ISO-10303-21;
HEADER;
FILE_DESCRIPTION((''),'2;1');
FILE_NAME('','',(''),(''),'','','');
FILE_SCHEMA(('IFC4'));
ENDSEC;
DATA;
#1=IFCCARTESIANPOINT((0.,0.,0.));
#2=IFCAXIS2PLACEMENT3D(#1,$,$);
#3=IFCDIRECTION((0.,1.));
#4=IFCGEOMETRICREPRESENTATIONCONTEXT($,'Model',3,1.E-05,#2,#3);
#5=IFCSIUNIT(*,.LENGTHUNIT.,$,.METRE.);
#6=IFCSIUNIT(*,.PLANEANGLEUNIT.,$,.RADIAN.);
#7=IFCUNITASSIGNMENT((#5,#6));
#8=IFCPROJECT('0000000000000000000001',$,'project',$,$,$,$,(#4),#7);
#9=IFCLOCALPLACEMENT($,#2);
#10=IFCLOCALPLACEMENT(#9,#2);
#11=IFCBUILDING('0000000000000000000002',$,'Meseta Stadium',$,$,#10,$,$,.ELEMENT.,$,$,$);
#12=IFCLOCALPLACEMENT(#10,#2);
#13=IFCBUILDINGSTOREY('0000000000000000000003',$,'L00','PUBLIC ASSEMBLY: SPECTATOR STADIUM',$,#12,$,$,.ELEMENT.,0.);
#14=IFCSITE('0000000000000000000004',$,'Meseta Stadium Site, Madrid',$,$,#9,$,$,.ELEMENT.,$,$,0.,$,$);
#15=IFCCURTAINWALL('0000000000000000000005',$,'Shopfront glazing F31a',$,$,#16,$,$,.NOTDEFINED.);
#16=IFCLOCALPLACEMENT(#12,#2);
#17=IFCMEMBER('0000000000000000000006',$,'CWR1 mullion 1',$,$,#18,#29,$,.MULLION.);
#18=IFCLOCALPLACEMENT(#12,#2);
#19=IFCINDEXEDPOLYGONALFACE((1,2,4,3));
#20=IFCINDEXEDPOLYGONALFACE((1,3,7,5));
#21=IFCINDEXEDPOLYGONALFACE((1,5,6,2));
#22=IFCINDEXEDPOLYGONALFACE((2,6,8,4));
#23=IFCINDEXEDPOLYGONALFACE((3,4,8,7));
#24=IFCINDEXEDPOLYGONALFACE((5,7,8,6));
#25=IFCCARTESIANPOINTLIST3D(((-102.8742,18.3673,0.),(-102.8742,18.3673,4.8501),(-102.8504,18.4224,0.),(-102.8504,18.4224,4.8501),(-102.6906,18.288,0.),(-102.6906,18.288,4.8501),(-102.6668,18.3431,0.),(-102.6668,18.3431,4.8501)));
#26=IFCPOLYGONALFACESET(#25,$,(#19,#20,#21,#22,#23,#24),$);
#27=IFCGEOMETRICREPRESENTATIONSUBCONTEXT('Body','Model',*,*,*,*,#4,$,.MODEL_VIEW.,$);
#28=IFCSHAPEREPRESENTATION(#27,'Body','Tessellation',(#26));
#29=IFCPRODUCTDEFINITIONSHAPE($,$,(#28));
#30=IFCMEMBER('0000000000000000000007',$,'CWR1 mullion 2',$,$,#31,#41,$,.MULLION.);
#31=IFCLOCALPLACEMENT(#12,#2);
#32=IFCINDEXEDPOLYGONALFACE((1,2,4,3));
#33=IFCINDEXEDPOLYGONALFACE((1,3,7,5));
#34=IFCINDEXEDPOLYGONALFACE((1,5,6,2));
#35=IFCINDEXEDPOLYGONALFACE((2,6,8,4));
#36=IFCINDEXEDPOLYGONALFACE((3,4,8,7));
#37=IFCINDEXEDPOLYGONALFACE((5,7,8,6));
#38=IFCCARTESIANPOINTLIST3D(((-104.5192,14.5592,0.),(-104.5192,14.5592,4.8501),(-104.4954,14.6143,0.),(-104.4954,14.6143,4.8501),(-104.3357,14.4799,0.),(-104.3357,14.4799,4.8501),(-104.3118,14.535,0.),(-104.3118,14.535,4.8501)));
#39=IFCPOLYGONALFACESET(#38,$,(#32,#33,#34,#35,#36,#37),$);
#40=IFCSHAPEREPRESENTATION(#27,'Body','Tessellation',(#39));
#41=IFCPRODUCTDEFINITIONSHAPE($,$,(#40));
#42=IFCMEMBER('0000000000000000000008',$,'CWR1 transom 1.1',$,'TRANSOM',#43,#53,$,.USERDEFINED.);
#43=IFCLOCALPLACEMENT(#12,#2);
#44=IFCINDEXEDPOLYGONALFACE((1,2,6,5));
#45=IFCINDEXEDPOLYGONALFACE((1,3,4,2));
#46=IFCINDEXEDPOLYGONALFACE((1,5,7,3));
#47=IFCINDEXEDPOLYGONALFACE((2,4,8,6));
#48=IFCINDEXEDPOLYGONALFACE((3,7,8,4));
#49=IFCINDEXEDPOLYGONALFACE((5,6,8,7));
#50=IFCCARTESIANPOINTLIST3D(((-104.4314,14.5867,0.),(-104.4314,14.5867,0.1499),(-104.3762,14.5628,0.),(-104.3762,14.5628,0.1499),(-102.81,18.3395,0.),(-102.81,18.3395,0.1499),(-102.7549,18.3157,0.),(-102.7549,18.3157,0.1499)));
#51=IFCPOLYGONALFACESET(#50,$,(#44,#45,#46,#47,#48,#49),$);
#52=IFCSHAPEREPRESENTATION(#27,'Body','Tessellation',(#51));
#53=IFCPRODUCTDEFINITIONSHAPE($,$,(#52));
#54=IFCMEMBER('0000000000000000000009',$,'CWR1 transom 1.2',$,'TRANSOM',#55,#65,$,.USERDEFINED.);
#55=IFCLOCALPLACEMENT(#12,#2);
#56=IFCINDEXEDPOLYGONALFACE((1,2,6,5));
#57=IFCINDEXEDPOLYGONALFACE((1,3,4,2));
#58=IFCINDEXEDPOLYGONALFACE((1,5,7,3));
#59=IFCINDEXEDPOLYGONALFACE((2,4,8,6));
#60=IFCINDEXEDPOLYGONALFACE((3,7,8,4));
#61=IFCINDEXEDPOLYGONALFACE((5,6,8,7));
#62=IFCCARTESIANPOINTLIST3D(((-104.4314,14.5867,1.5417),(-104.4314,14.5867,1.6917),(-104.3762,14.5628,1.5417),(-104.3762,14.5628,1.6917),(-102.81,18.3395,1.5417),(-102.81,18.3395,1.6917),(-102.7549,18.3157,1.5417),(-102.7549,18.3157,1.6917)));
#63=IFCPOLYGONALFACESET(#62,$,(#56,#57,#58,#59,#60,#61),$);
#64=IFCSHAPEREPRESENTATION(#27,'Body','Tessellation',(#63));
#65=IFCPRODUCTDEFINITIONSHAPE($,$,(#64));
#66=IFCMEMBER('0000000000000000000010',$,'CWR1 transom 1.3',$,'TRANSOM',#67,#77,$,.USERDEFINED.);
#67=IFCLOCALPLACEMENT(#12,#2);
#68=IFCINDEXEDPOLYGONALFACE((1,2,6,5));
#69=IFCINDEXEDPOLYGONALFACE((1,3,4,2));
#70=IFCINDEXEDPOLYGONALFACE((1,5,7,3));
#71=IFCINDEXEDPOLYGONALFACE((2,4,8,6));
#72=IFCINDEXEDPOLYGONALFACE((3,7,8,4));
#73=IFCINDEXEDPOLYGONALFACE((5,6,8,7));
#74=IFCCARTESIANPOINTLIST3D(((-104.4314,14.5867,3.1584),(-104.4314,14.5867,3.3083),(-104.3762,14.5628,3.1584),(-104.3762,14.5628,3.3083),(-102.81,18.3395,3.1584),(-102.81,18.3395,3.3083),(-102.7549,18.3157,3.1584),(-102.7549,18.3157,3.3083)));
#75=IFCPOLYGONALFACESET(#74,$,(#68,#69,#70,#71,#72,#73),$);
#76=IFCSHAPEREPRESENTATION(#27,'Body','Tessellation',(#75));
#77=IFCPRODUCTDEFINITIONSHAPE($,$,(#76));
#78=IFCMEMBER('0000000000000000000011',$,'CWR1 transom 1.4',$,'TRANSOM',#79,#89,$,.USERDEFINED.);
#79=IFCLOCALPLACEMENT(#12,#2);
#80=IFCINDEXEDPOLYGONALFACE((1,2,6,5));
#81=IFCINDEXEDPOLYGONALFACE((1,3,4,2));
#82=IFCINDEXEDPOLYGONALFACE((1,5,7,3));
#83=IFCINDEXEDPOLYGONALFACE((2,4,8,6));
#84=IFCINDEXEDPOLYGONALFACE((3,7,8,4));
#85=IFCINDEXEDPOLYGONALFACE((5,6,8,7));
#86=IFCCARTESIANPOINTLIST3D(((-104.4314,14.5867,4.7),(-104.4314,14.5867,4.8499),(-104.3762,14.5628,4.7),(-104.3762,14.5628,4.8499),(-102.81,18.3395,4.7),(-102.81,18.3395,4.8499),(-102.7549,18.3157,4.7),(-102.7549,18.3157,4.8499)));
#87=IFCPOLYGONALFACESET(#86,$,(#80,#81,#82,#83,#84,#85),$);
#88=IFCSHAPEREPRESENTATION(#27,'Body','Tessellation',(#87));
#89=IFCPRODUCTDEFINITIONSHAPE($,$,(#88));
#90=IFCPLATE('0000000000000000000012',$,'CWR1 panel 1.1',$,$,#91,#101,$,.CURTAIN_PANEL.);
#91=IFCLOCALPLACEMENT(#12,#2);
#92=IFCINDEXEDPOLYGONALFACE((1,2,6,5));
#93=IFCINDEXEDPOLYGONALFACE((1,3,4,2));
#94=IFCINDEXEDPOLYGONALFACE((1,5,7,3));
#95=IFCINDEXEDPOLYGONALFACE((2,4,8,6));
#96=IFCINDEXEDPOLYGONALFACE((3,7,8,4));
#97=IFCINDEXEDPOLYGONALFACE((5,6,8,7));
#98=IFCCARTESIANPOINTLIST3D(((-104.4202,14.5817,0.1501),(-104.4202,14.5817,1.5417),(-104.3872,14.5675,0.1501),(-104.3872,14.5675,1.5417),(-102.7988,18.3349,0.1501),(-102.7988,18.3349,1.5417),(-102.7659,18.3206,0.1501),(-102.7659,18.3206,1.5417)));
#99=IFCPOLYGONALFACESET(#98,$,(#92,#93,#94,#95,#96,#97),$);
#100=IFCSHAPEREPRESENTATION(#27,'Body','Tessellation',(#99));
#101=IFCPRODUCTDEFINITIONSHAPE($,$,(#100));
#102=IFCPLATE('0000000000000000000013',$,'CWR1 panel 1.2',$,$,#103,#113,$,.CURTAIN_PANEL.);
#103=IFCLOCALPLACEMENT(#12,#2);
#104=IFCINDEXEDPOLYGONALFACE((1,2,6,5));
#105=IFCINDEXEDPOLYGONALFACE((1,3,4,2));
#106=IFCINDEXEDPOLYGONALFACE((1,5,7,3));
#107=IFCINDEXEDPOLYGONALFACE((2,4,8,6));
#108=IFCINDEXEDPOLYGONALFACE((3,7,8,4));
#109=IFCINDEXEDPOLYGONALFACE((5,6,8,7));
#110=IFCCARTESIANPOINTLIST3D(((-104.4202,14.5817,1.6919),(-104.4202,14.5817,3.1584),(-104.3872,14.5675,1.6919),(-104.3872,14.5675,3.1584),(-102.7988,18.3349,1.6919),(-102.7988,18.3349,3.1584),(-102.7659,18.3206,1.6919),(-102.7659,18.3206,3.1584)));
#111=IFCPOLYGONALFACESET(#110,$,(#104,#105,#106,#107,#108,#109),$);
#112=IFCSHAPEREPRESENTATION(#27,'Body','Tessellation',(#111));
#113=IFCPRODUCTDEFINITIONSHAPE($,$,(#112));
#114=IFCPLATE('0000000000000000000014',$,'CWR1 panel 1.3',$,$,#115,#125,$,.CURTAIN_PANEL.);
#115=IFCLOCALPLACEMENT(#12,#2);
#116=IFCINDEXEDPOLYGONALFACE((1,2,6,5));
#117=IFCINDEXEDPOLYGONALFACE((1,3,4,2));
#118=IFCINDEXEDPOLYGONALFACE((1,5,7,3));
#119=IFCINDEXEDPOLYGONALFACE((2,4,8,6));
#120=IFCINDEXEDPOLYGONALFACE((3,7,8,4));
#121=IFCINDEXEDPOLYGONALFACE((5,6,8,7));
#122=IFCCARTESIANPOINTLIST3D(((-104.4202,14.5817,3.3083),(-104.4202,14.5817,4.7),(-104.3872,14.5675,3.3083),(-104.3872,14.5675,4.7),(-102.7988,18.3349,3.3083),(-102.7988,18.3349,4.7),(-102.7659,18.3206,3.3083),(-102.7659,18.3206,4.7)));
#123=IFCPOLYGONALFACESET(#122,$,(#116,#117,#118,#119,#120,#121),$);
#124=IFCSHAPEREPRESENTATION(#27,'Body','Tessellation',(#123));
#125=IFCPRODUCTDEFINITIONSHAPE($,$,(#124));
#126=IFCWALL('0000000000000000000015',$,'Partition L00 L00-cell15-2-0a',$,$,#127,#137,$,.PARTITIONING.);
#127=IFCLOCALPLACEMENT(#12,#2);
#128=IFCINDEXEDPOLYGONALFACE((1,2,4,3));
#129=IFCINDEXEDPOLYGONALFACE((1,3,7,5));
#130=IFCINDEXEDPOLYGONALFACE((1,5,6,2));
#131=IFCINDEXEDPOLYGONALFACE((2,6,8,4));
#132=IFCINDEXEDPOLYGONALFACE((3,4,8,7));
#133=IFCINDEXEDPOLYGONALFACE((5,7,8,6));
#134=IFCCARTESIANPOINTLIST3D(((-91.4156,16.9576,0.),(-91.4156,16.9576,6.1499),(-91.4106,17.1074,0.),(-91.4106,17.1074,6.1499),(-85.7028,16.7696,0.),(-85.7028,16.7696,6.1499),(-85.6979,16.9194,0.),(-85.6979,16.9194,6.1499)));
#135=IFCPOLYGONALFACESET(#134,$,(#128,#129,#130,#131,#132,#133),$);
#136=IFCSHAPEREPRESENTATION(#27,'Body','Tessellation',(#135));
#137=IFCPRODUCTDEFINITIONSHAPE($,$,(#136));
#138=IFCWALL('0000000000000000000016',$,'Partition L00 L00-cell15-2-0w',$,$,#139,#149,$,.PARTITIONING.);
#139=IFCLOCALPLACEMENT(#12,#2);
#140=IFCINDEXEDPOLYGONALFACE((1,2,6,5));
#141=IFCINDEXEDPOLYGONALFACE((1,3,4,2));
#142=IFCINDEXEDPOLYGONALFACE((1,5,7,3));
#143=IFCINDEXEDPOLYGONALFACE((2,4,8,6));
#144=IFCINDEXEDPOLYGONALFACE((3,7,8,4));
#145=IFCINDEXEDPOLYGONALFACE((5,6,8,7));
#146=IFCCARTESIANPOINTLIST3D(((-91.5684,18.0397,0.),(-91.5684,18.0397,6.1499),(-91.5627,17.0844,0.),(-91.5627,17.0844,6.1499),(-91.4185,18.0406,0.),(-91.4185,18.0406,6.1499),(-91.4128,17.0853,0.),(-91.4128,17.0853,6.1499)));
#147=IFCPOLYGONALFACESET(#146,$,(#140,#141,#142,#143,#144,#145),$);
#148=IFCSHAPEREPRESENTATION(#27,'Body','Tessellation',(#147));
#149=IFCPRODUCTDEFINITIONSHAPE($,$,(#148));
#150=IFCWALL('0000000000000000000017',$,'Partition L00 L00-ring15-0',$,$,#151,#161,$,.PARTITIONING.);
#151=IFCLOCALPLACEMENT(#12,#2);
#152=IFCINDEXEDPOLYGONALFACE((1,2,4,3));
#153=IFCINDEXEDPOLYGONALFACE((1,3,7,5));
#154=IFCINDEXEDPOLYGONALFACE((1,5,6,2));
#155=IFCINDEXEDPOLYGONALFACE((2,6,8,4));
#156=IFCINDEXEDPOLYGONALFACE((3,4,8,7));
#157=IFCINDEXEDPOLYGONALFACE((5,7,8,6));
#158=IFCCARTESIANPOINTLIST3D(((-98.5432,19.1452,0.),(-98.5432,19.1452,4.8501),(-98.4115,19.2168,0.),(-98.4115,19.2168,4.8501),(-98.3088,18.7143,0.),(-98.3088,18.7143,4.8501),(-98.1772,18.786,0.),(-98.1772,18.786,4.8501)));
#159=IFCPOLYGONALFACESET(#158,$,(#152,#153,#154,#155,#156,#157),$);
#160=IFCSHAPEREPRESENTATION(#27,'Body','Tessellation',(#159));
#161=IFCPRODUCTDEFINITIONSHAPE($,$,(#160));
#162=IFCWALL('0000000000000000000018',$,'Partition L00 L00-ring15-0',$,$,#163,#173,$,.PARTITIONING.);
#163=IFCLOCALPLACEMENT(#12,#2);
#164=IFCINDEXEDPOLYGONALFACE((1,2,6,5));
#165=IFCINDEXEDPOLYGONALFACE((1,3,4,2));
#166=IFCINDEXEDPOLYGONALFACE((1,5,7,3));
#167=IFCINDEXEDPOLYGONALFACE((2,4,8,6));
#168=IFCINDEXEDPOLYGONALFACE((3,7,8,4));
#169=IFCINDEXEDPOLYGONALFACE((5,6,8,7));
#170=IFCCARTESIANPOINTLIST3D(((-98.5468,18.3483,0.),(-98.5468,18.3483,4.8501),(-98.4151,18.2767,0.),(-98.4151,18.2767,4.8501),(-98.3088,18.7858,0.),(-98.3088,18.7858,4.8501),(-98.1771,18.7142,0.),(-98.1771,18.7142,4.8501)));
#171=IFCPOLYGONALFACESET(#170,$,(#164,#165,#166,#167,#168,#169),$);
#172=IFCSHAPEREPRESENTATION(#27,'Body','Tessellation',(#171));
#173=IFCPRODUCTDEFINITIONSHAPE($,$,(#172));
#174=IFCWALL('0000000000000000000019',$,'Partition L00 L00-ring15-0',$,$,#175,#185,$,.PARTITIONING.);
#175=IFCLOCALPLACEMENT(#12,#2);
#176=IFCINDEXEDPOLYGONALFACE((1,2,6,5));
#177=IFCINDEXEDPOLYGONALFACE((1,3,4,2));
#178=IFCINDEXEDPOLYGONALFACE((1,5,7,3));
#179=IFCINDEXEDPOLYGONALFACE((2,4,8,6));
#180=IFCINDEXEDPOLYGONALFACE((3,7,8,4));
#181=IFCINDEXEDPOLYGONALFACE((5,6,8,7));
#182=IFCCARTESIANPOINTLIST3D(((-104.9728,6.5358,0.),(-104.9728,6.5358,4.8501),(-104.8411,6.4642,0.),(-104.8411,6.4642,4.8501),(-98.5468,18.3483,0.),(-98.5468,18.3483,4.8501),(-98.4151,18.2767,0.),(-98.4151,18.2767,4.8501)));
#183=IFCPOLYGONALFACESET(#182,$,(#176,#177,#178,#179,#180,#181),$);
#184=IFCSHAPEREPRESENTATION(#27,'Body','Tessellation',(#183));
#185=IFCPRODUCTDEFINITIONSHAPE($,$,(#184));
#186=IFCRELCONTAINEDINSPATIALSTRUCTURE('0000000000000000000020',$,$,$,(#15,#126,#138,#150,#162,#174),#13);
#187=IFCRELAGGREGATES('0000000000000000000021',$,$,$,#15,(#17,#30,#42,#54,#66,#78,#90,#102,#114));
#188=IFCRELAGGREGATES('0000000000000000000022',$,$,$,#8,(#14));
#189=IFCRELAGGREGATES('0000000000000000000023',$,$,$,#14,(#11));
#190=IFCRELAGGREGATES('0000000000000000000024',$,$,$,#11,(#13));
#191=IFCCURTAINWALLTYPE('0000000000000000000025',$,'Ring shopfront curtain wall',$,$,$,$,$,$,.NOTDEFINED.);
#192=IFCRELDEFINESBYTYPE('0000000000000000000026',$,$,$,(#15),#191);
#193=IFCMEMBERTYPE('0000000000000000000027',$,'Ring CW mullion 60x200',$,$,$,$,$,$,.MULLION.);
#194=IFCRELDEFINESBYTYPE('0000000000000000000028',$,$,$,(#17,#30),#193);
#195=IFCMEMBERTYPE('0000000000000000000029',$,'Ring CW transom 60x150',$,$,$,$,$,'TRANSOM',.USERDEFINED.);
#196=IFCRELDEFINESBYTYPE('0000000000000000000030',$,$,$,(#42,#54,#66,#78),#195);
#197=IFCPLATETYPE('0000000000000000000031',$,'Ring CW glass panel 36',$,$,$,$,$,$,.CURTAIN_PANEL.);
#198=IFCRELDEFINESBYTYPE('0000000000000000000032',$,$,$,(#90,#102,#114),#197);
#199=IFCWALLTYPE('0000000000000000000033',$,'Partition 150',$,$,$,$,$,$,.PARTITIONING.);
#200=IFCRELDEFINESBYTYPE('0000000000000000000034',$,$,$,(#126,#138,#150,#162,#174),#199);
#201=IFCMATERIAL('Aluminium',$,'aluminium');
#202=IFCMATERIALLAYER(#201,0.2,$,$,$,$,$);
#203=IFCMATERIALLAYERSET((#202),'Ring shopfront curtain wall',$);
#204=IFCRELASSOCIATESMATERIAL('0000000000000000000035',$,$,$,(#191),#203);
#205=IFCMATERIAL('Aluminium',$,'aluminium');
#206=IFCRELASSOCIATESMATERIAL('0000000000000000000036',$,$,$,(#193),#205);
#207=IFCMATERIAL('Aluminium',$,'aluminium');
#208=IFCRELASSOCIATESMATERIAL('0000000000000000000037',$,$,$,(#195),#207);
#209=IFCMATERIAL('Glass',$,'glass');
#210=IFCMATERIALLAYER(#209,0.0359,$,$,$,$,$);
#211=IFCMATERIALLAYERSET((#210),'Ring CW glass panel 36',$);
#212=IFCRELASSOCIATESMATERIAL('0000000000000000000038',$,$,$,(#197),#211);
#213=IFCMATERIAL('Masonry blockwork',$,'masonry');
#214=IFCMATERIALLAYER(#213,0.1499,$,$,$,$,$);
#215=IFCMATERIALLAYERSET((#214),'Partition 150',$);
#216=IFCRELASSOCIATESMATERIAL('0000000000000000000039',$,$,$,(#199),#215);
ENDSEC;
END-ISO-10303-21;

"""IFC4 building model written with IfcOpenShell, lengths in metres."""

from ifc_helpers import new_model, si_unit, direction, frame, frame_2d, origin, origin_2d, place, context, subcontext, project, spatial, rectangle, extrude, material, layer, layer_set, material_profile, profile_set, type_object, element, aggregate, save


model = new_model("IFC4")

# Units and contexts
model_context = context("Model", 3, precision=1e-05, world=origin(), true_north=direction((0.0, 1.0)))
body_context = subcontext(model_context, "Body", "Model", "MODEL_VIEW")
ifc_project = project(units=[si_unit("LENGTHUNIT", "METRE"), si_unit("PLANEANGLEUNIT", "RADIAN")], contexts=[model_context])

# Site, building, storey
site_placement = place(None, origin())
site = spatial("IfcSite", under=ifc_project, at=site_placement, Name="Meseta Stadium Site, Madrid", CompositionType="ELEMENT", RefElevation=0.0)
building_placement = place(site_placement, origin())
building = spatial("IfcBuilding", under=site, at=building_placement, Name="Meseta Stadium", CompositionType="ELEMENT")
storey_placement = place(building_placement, origin())
storey = spatial("IfcBuildingStorey", under=building, at=storey_placement, Name="L00", Description="PUBLIC ASSEMBLY: SPECTATOR STADIUM", CompositionType="ELEMENT", Elevation=0.0)

# Curtain wall, members, plates
ifc_material_1 = material(Name="Aluminium", Category="aluminium")
ifc_layer_1 = layer(ifc_material_1, 0.2)
ifc_layer_set_1 = layer_set([ifc_layer_1], Name="Ring shopfront curtain wall")
curtain_wall_type = type_object("IfcCurtainWallType", Name="Ring shopfront curtain wall", PredefinedType="NOTDEFINED", material=ifc_layer_set_1)
curtain_wall_placement = place(storey_placement, origin())
curtain_wall = element("IfcCurtainWall", 1, at=curtain_wall_placement, inside=storey, type_object=curtain_wall_type, Name="Shopfront glazing F31a", PredefinedType="NOTDEFINED")
ifc_material_2 = material(Name="Aluminium", Category="aluminium")
ifc_material_profile_1 = material_profile(ifc_material_2, rectangle(XDim=0.2, YDim=0.0601, at=origin_2d()), Name="CW 200x60")
ifc_profile_set_1 = profile_set([ifc_material_profile_1], Name="Aluminium")
member_type_1 = type_object("IfcMemberType", Name="Ring CW mullion 60x200", PredefinedType="MULLION", material=ifc_profile_set_1)
member_1_placement = place(storey_placement, frame((-102.7705, 18.3552, 0.0), z_axis=(0.0, 0.0, 1.0), x_axis=(0.918002, -0.396576, 0.0)))
member_1 = element("IfcMember", 2, at=member_1_placement, type_object=member_type_1, Name="CWR1 mullion 1", PredefinedType="MULLION", context=body_context, shape_type="SweptSolid", body=[
    extrude(rectangle(XDim=0.2, YDim=0.0601, at=origin_2d()), origin(), (0.0, 0.0, 1.0), 4.8501),
])
member_2_placement = place(storey_placement, frame((-104.4155, 14.5471, 0.0), z_axis=(0.0, 0.0, 1.0), x_axis=(0.918002, -0.396576, 0.0)))
member_2 = element("IfcMember", 3, at=member_2_placement, type_object=member_type_1, Name="CWR1 mullion 2", PredefinedType="MULLION", context=body_context, shape_type="SweptSolid", body=[
    extrude(rectangle(XDim=0.2, YDim=0.0601, at=origin_2d()), origin(), (0.0, 0.0, 1.0), 4.8501),
])
ifc_material_3 = material(Name="Aluminium", Category="aluminium")
ifc_material_profile_2 = material_profile(ifc_material_3, rectangle(XDim=0.0601, YDim=0.1499, at=origin_2d()), Name="CW 60x150")
ifc_profile_set_2 = profile_set([ifc_material_profile_2], Name="Aluminium")
member_type_2 = type_object("IfcMemberType", Name="Ring CW transom 60x150", ElementType="TRANSOM", PredefinedType="USERDEFINED", material=ifc_profile_set_2)
member_3_placement = place(storey_placement, frame((-102.7825, 18.3276, 0.075), z_axis=(-0.396592, -0.917995, 0.0), x_axis=(0.917995, -0.396592, 0.0)))
member_3 = element("IfcMember", 4, at=member_3_placement, type_object=member_type_2, Name="CWR1 transom 1.1", ObjectType="TRANSOM", PredefinedType="USERDEFINED", context=body_context, shape_type="SweptSolid", body=[
    extrude(rectangle(XDim=0.0601, YDim=0.1499, at=origin_2d()), origin(), (0.0, 0.0, 1.0), 4.0881),
])
member_4_placement = place(storey_placement, frame((-102.7825, 18.3276, 1.6167), z_axis=(-0.396592, -0.917995, 0.0), x_axis=(0.917995, -0.396592, 0.0)))
member_4 = element("IfcMember", 5, at=member_4_placement, type_object=member_type_2, Name="CWR1 transom 1.2", ObjectType="TRANSOM", PredefinedType="USERDEFINED", context=body_context, shape_type="SweptSolid", body=[
    extrude(rectangle(XDim=0.0601, YDim=0.1499, at=origin_2d()), origin(), (0.0, 0.0, 1.0), 4.0881),
])
member_5_placement = place(storey_placement, frame((-102.7825, 18.3276, 3.2334), z_axis=(-0.396592, -0.917995, 0.0), x_axis=(0.917995, -0.396592, 0.0)))
member_5 = element("IfcMember", 6, at=member_5_placement, type_object=member_type_2, Name="CWR1 transom 1.3", ObjectType="TRANSOM", PredefinedType="USERDEFINED", context=body_context, shape_type="SweptSolid", body=[
    extrude(rectangle(XDim=0.0601, YDim=0.1499, at=origin_2d()), origin(), (0.0, 0.0, 1.0), 4.0881),
])
member_6_placement = place(storey_placement, frame((-102.7825, 18.3276, 4.7749), z_axis=(-0.396592, -0.917995, 0.0), x_axis=(0.917995, -0.396592, 0.0)))
member_6 = element("IfcMember", 7, at=member_6_placement, type_object=member_type_2, Name="CWR1 transom 1.4", ObjectType="TRANSOM", PredefinedType="USERDEFINED", context=body_context, shape_type="SweptSolid", body=[
    extrude(rectangle(XDim=0.0601, YDim=0.1499, at=origin_2d()), origin(), (0.0, 0.0, 1.0), 4.0881),
])
ifc_material_4 = material(Name="Glass", Category="glass")
ifc_layer_2 = layer(ifc_material_4, 0.0359)
ifc_layer_set_2 = layer_set([ifc_layer_2], Name="Ring CW glass panel 36")
plate_type = type_object("IfcPlateType", Name="Ring CW glass panel 36", PredefinedType="CURTAIN_PANEL", material=ifc_layer_set_2)
plate_1_placement = place(storey_placement, frame((-103.593, 16.4512, 0.1501), z_axis=(0.0, 0.0, 1.0), x_axis=(-0.396576, -0.918002, 0.0)))
plate_1 = element("IfcPlate", 8, at=plate_1_placement, type_object=plate_type, Name="CWR1 panel 1.1", PredefinedType="CURTAIN_PANEL", context=body_context, shape_type="SweptSolid", body=[
    extrude(rectangle(XDim=4.0884, YDim=0.0359, at=origin_2d()), origin(), (0.0, 0.0, 1.0), 1.3916),
])
plate_2_placement = place(storey_placement, frame((-103.593, 16.4512, 1.6919), z_axis=(0.0, 0.0, 1.0), x_axis=(-0.396576, -0.918002, 0.0)))
plate_2 = element("IfcPlate", 9, at=plate_2_placement, type_object=plate_type, Name="CWR1 panel 1.2", PredefinedType="CURTAIN_PANEL", context=body_context, shape_type="SweptSolid", body=[
    extrude(rectangle(XDim=4.0884, YDim=0.0359, at=origin_2d()), origin(), (0.0, 0.0, 1.0), 1.4666),
])
plate_3_placement = place(storey_placement, frame((-103.593, 16.4512, 3.3083), z_axis=(0.0, 0.0, 1.0), x_axis=(-0.396576, -0.918002, 0.0)))
plate_3 = element("IfcPlate", 10, at=plate_3_placement, type_object=plate_type, Name="CWR1 panel 1.3", PredefinedType="CURTAIN_PANEL", context=body_context, shape_type="SweptSolid", body=[
    extrude(rectangle(XDim=4.0884, YDim=0.0359, at=origin_2d()), origin(), (0.0, 0.0, 1.0), 1.3916),
])
aggregate(curtain_wall, [member_1, member_2, member_3, member_4, member_5, member_6, plate_1, plate_2, plate_3])

# Walls
ifc_material_5 = material(Name="Masonry blockwork", Category="masonry")
ifc_layer_3 = layer(ifc_material_5, 0.1499)
ifc_layer_set_3 = layer_set([ifc_layer_3], Name="Partition 150")
wall_type_1 = type_object("IfcWallType", Name="Partition 150", PredefinedType="PARTITIONING", material=ifc_layer_set_3)
wall_1_placement = place(storey_placement, frame((-91.4131, 17.0325, 0.0), z_axis=(0.0, 0.0, 1.0), x_axis=(0.999459, -0.03289, 0.0)))
element("IfcWall", 11, at=wall_1_placement, inside=storey, type_object=wall_type_1, Name="Partition L00 L00-cell15-2-0a", PredefinedType="PARTITIONING", context=body_context, shape_type="SweptSolid", body=[
    extrude(rectangle(XDim=5.7158, YDim=0.1499, at=frame_2d((2.8579, 0.0))), origin(), (0.0, 0.0, 1.0), 6.1499),
])
wall_2_placement = place(storey_placement, frame((-91.4878, 17.085, 0.0), z_axis=(0.0, 0.0, 1.0), x_axis=(-0.005878, 0.999983, 0.0)))
element("IfcWall", 12, at=wall_2_placement, inside=storey, type_object=wall_type_1, Name="Partition L00 L00-cell15-2-0w", PredefinedType="PARTITIONING", context=body_context, shape_type="SweptSolid", body=[
    extrude(rectangle(XDim=0.9553, YDim=0.1499, at=frame_2d((0.4775, 0.0))), origin(), (0.0, 0.0, 1.0), 6.1499),
])
wall_3_placement = place(storey_placement, frame((-98.4773, 19.1809, 0.0), z_axis=(0.0, 0.0, 1.0), x_axis=(0.477806, -0.878466, 0.0)))
element("IfcWall", 13, at=wall_3_placement, inside=storey, type_object=wall_type_1, Name="Partition L00 L00-ring15-0", PredefinedType="PARTITIONING", context=body_context, shape_type="SweptSolid", body=[
    extrude(rectangle(XDim=0.4905, YDim=0.1499, at=frame_2d((0.2451, 0.0))), origin(), (0.0, 0.0, 1.0), 4.8501),
])
wall_4_placement = place(storey_placement, frame((-98.2429, 18.75, 0.0), z_axis=(0.0, 0.0, 1.0), x_axis=(-0.477925, -0.878401, 0.0)))
element("IfcWall", 14, at=wall_4_placement, inside=storey, type_object=wall_type_1, Name="Partition L00 L00-ring15-0", PredefinedType="PARTITIONING", context=body_context, shape_type="SweptSolid", body=[
    extrude(rectangle(XDim=0.498, YDim=0.1499, at=frame_2d((0.249, 0.0))), origin(), (0.0, 0.0, 1.0), 4.8501),
])
wall_5_placement = place(storey_placement, frame((-98.481, 18.3125, 0.0), z_axis=(0.0, 0.0, 1.0), x_axis=(-0.477869, -0.878431, 0.0)))
element("IfcWall", 15, at=wall_5_placement, inside=storey, type_object=wall_type_1, Name="Partition L00 L00-ring15-0", PredefinedType="PARTITIONING", context=body_context, shape_type="SweptSolid", body=[
    extrude(rectangle(XDim=13.4473, YDim=0.1499, at=frame_2d((6.7236, 0.0))), origin(), (0.0, 0.0, 1.0), 4.8501),
])

save(model, "model.ifc")
